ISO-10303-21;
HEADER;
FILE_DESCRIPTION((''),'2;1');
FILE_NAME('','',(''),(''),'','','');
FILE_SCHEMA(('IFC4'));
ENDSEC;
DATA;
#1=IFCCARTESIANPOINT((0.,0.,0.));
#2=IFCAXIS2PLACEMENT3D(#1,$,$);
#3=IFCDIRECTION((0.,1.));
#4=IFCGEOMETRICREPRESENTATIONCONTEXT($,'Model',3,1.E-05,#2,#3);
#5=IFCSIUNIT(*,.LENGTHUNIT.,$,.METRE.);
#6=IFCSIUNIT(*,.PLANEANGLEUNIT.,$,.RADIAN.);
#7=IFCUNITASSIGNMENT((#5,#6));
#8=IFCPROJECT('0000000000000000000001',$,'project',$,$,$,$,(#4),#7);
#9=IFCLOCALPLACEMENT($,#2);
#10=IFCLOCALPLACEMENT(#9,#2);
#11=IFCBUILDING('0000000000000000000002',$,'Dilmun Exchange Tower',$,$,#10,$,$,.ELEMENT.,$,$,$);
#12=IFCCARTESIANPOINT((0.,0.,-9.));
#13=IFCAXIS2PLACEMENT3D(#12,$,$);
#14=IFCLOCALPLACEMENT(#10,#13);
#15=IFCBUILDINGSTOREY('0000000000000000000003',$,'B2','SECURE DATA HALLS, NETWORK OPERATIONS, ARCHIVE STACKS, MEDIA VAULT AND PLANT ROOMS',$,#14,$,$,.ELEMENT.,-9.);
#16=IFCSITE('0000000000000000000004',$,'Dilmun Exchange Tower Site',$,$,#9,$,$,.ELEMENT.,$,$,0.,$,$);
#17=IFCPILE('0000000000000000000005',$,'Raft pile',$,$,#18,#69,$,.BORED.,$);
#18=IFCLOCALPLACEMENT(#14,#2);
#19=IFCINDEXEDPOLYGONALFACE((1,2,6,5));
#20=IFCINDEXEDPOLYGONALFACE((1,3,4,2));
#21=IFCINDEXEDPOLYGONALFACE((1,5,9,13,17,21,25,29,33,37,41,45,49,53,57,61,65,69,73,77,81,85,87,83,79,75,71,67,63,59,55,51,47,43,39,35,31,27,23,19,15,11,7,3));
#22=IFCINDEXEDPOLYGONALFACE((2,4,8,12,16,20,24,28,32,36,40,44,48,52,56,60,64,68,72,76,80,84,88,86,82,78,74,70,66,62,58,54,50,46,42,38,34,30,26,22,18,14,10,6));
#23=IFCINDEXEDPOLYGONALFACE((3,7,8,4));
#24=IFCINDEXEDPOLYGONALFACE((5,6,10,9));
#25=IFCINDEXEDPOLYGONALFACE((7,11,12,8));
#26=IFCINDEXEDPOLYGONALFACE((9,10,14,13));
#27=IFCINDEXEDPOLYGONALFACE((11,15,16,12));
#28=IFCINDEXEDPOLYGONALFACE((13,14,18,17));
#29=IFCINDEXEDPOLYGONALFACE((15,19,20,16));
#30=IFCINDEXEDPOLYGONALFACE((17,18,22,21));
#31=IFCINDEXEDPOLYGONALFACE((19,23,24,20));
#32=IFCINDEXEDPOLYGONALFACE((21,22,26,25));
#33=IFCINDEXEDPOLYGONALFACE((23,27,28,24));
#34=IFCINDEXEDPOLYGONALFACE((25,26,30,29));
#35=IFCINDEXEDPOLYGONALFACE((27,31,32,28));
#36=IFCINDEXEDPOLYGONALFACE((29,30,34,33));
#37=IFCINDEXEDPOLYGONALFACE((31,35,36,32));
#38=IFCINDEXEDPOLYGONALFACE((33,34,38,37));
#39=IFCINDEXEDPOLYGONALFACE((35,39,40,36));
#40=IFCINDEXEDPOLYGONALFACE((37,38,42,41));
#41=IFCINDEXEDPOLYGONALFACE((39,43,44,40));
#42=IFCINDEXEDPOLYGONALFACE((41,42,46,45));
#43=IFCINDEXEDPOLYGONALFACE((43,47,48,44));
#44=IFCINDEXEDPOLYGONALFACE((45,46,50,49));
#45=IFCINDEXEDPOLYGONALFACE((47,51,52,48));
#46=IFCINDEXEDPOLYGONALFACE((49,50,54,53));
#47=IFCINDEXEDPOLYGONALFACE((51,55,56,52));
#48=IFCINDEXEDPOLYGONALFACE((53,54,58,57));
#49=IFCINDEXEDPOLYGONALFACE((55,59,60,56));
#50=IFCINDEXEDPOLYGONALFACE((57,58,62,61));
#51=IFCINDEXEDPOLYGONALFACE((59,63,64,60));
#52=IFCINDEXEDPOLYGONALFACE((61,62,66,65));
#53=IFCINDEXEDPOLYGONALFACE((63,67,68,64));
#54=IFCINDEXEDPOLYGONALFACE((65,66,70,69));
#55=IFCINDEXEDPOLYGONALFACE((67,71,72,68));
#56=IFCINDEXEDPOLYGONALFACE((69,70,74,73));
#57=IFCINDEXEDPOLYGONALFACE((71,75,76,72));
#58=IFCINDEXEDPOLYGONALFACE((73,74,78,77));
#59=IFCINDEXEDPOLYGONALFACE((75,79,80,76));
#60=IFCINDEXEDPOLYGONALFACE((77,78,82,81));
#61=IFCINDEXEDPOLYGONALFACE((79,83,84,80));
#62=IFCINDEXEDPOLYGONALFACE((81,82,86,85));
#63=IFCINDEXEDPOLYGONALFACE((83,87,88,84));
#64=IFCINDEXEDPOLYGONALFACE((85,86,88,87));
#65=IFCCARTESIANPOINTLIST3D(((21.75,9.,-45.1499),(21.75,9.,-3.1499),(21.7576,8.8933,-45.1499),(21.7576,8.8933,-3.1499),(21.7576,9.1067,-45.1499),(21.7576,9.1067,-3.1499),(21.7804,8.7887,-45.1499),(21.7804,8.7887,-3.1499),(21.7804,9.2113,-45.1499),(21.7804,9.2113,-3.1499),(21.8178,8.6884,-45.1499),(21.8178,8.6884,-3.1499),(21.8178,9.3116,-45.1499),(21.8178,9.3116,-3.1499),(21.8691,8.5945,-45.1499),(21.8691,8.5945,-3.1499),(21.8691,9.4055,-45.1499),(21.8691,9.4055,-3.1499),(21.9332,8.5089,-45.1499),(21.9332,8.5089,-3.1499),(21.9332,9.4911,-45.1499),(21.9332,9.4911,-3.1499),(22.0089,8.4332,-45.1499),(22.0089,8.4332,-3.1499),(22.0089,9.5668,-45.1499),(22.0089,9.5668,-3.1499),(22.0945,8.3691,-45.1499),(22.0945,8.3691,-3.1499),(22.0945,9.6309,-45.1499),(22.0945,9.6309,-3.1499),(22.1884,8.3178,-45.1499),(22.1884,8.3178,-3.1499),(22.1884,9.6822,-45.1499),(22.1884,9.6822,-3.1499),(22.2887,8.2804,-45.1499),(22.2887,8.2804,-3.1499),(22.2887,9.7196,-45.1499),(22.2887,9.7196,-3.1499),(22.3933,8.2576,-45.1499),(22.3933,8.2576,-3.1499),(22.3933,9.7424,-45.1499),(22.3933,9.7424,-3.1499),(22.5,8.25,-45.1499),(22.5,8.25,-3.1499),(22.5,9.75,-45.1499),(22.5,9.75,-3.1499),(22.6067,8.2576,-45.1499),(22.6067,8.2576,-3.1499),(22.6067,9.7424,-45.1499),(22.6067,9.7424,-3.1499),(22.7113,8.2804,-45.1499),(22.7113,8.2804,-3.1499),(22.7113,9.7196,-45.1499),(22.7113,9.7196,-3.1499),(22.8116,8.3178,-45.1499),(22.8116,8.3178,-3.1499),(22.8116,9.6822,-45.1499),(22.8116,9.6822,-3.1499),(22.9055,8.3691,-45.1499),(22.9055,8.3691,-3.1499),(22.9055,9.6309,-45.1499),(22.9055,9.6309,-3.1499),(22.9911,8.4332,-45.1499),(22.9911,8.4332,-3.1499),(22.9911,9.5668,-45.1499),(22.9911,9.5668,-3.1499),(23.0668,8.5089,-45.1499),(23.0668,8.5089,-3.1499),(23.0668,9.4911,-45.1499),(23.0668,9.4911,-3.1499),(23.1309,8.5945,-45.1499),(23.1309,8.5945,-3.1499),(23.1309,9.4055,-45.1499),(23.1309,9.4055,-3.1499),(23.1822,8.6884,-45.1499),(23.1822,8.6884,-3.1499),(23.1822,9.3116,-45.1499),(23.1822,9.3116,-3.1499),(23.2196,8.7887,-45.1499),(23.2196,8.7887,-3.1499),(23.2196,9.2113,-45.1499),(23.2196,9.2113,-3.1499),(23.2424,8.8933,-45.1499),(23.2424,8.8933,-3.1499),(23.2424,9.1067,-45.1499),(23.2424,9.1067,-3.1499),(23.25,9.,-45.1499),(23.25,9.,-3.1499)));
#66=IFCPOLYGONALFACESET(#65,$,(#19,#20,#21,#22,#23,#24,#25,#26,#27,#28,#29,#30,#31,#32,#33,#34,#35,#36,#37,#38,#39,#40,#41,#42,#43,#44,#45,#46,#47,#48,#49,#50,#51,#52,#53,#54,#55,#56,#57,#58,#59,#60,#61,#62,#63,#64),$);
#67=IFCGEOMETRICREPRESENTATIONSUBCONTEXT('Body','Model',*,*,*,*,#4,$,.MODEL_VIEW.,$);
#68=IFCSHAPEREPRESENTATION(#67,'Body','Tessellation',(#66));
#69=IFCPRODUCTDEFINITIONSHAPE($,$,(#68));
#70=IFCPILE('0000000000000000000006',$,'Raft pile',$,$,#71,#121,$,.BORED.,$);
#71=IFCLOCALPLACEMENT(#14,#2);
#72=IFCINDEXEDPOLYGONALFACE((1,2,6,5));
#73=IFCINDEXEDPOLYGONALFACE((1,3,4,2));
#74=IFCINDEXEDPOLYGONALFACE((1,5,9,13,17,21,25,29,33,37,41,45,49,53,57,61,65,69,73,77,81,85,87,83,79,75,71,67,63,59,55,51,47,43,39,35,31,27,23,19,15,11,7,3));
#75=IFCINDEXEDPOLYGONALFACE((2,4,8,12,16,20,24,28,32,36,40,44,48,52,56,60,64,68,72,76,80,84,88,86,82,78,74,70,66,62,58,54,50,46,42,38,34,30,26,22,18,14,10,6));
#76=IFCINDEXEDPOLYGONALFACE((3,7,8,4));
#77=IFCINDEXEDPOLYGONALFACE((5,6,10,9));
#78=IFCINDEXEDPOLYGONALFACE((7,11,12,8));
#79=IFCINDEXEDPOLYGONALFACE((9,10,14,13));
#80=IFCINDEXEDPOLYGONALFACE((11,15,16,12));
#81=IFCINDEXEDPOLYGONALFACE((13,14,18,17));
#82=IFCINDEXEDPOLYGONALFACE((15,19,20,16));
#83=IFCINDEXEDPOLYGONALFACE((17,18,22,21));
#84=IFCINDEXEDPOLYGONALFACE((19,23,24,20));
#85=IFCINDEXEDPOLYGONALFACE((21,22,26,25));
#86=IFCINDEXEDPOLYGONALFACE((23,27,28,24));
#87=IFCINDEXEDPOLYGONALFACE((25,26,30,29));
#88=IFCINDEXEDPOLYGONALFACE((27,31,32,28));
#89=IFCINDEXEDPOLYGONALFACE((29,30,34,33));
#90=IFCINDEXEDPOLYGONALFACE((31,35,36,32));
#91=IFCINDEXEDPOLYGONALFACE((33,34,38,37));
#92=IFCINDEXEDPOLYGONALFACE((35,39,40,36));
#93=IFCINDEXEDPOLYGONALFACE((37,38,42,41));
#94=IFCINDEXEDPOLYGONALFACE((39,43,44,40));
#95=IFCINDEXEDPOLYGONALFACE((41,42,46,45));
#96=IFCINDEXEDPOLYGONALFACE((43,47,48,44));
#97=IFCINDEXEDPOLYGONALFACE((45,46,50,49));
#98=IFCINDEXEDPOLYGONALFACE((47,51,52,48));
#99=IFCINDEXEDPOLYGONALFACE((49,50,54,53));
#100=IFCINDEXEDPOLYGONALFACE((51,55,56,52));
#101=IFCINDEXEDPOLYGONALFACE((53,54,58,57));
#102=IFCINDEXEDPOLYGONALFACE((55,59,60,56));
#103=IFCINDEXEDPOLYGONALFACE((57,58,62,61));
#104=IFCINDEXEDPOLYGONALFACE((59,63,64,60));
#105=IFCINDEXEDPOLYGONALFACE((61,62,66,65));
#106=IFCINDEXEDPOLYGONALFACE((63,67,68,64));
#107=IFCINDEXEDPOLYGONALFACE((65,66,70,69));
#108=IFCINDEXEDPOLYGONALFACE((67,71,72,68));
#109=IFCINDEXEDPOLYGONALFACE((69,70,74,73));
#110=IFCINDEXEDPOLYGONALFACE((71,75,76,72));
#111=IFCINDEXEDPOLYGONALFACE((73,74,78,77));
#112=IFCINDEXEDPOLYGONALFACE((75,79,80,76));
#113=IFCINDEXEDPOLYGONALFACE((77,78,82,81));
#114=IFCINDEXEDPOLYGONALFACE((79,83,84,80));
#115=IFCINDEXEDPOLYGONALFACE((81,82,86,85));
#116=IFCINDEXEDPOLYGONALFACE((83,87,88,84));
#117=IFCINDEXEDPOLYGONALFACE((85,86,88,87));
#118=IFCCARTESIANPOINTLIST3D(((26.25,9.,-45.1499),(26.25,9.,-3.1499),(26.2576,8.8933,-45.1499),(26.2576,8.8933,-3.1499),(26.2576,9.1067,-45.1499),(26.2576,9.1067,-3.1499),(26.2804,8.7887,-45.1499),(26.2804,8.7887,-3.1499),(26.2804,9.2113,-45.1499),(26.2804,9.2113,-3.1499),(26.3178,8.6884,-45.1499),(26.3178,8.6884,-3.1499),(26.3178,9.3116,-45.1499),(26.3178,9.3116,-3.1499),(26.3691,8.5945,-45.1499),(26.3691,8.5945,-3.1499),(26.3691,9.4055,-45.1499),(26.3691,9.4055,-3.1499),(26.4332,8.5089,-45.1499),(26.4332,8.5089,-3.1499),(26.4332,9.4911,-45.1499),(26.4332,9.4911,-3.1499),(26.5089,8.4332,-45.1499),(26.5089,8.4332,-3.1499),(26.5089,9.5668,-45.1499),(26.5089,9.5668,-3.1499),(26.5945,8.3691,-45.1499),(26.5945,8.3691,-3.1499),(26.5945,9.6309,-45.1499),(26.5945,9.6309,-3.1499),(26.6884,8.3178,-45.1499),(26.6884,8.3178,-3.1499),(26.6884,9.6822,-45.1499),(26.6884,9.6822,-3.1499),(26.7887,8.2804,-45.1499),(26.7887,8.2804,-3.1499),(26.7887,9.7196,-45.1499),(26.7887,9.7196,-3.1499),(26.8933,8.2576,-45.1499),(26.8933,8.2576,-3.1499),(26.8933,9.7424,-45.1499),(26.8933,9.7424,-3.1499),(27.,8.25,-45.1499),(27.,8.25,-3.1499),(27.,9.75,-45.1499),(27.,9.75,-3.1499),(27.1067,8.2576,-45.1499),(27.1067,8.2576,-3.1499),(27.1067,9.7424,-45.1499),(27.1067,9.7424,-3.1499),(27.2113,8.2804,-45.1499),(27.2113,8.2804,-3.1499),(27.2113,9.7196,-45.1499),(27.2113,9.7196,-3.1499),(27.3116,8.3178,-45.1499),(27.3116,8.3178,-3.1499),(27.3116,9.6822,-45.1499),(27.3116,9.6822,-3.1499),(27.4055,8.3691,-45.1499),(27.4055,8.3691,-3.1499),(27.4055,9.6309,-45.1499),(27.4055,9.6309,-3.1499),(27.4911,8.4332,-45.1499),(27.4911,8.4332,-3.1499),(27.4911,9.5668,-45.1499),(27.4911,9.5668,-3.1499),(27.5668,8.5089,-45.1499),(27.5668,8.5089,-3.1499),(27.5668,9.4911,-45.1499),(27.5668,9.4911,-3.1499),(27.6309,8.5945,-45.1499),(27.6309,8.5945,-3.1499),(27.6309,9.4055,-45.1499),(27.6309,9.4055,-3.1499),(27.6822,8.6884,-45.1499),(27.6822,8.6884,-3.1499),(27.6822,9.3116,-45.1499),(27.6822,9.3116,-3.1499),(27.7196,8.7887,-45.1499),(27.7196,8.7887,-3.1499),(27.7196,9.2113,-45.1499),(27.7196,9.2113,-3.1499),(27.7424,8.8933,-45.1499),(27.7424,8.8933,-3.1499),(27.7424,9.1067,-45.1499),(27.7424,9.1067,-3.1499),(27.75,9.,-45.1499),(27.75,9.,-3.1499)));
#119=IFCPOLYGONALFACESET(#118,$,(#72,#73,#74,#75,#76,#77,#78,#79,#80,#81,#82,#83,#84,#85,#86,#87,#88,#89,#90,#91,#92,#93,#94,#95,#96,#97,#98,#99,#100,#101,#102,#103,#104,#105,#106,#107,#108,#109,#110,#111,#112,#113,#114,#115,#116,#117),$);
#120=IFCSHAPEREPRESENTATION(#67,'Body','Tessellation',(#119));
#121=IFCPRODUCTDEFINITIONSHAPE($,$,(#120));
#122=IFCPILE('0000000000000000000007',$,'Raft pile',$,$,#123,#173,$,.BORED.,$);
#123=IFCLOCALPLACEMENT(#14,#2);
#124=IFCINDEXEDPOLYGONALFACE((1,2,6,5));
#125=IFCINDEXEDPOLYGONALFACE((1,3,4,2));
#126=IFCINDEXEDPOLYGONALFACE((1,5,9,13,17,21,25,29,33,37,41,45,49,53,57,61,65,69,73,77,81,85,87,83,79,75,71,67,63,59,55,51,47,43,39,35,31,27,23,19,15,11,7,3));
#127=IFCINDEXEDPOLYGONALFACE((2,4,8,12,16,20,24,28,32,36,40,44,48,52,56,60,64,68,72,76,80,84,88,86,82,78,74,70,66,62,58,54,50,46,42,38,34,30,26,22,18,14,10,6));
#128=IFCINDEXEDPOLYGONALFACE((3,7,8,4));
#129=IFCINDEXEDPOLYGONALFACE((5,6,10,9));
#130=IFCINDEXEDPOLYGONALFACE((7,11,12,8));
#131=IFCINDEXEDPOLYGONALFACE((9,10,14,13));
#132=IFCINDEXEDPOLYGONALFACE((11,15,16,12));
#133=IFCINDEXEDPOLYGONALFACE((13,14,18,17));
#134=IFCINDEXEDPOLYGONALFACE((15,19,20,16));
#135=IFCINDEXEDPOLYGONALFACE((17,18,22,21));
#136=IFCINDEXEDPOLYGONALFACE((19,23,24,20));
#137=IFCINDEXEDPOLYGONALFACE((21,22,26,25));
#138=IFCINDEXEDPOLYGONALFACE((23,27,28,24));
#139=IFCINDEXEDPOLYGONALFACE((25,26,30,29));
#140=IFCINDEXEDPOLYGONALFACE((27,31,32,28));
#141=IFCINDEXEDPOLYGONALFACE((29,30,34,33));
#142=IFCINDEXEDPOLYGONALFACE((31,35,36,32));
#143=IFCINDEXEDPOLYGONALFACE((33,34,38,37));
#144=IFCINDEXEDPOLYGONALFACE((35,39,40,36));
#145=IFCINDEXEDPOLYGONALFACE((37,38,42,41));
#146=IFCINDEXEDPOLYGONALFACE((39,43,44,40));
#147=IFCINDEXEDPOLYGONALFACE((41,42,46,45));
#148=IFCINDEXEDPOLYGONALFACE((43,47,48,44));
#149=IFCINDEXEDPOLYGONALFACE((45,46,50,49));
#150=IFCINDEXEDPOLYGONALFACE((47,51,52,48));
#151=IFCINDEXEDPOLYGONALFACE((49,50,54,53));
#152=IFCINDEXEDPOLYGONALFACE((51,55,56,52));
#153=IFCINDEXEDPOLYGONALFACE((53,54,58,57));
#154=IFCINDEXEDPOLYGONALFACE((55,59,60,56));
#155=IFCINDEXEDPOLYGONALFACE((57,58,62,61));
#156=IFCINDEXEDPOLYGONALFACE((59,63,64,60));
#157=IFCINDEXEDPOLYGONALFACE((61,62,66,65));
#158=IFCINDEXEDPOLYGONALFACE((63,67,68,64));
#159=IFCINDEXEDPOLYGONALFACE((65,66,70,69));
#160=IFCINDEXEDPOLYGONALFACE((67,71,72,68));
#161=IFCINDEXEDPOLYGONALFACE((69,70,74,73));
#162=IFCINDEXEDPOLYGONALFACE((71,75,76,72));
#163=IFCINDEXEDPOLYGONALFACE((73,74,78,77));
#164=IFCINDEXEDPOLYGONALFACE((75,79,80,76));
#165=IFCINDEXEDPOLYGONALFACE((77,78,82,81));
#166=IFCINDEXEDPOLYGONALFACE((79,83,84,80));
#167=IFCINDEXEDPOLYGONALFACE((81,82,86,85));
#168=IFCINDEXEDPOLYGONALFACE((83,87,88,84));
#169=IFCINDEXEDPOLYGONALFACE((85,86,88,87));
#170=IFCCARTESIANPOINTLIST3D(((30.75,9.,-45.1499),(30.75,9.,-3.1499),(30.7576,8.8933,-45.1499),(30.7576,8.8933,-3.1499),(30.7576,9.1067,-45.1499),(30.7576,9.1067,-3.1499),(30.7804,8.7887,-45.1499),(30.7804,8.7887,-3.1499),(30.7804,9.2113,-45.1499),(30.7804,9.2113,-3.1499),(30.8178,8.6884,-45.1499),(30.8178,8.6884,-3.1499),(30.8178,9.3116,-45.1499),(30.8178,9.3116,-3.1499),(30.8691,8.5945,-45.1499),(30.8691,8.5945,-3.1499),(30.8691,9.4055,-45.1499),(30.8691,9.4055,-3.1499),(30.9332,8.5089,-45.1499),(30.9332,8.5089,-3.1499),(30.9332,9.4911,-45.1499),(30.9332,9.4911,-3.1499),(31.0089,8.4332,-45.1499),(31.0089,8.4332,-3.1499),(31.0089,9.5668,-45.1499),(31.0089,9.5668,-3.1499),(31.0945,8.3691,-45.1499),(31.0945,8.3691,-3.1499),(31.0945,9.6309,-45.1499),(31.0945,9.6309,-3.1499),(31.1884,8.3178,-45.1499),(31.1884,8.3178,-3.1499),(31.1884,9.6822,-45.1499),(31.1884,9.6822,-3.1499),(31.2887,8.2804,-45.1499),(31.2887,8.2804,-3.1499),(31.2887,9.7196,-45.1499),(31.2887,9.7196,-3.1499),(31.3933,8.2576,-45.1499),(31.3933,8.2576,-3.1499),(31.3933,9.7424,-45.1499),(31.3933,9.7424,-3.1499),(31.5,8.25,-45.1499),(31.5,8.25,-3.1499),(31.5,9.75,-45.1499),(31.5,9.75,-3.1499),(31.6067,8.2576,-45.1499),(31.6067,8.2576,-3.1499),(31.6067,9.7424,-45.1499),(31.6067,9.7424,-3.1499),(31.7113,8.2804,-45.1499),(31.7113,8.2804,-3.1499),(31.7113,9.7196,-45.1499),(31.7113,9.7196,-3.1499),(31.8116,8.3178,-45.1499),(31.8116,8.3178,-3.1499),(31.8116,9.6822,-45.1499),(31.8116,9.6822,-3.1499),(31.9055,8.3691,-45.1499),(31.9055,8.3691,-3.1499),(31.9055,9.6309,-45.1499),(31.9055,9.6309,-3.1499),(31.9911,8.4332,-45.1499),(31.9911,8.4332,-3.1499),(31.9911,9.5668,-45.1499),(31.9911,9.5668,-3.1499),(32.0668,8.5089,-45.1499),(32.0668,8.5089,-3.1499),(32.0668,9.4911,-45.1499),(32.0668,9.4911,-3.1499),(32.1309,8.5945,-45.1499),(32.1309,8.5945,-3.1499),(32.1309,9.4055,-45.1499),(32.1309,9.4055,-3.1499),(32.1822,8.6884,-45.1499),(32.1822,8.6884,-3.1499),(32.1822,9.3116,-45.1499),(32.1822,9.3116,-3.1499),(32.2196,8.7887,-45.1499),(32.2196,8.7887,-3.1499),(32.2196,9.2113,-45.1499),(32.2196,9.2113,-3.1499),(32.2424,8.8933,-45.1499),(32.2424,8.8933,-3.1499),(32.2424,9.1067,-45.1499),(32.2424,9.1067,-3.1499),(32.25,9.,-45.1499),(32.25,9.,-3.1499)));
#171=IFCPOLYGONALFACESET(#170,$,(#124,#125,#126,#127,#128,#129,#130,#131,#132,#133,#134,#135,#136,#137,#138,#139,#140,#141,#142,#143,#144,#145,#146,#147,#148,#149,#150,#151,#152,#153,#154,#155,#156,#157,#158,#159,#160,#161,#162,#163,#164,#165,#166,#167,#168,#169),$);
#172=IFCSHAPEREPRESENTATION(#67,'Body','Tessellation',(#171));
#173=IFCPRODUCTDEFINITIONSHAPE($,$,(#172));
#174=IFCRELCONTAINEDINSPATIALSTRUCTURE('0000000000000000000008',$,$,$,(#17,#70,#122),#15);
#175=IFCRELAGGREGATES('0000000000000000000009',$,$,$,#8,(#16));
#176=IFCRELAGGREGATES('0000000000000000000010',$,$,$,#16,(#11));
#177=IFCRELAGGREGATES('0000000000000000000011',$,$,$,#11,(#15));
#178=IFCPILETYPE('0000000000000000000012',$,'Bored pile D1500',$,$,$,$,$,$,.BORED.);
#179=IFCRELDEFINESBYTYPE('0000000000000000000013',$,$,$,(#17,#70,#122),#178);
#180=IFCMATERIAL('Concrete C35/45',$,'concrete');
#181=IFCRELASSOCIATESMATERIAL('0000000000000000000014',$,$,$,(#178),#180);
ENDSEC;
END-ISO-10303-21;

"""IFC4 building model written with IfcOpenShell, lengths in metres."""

from ifc_helpers import new_model, si_unit, direction, frame, origin, origin_2d, place, context, subcontext, project, spatial, circle, extrude, material, material_profile, profile_set, type_object, element, save


model = new_model("IFC4")

# Units and contexts
model_context = context("Model", 3, precision=1e-05, world=origin(), true_north=direction((0.0, 1.0)))
body_context = subcontext(model_context, "Body", "Model", "MODEL_VIEW")
ifc_project = project(units=[si_unit("LENGTHUNIT", "METRE"), si_unit("PLANEANGLEUNIT", "RADIAN")], contexts=[model_context])

# Site, building, storey
site_placement = place(None, origin())
site = spatial("IfcSite", under=ifc_project, at=site_placement, Name="Dilmun Exchange Tower Site", CompositionType="ELEMENT", RefElevation=0.0)
building_placement = place(site_placement, origin())
building = spatial("IfcBuilding", under=site, at=building_placement, Name="Dilmun Exchange Tower", CompositionType="ELEMENT")
storey_placement = place(building_placement, frame((0.0, 0.0, -9.0)))
storey = spatial("IfcBuildingStorey", under=building, at=storey_placement, Name="B2", Description="SECURE DATA HALLS, NETWORK OPERATIONS, ARCHIVE STACKS, MEDIA VAULT AND PLANT ROOMS", CompositionType="ELEMENT", Elevation=-9.0)

# Piles
ifc_material_1 = material(Name="Concrete C35/45", Category="concrete")
ifc_material_profile_1 = material_profile(ifc_material_1, circle(Radius=0.75, at=origin_2d()), Name="D1500")
ifc_profile_set_1 = profile_set([ifc_material_profile_1], Name="Concrete C35/45")
pile_type = type_object("IfcPileType", Name="Bored pile D1500", PredefinedType="BORED", material=ifc_profile_set_1)
for number, where, z_axis, x_axis, name in (
    (1, (22.5, 9.0, -3.1499), (0.0, 0.0, -1.0), (1.0, 0.0, 0.0), "Raft pile"),
    (2, (27.0, 9.0, -3.1499), (0.0, 0.0, -1.0), (1.0, 0.0, 0.0), "Raft pile"),
    (3, (31.5, 9.0, -3.1499), (0.0, 0.0, -1.0), (1.0, 0.0, 0.0), "Raft pile"),
):
    element("IfcPile", number, at=place(storey_placement, frame(where, z_axis=z_axis, x_axis=x_axis)), inside=storey, type_object=pile_type, Name=name, PredefinedType="BORED", context=body_context, shape_type="SweptSolid", body=[
        extrude(circle(Radius=0.75, at=origin_2d()), origin(), (0.0, 0.0, 1.0), 42.0),
    ])

save(model, "model.ifc")
